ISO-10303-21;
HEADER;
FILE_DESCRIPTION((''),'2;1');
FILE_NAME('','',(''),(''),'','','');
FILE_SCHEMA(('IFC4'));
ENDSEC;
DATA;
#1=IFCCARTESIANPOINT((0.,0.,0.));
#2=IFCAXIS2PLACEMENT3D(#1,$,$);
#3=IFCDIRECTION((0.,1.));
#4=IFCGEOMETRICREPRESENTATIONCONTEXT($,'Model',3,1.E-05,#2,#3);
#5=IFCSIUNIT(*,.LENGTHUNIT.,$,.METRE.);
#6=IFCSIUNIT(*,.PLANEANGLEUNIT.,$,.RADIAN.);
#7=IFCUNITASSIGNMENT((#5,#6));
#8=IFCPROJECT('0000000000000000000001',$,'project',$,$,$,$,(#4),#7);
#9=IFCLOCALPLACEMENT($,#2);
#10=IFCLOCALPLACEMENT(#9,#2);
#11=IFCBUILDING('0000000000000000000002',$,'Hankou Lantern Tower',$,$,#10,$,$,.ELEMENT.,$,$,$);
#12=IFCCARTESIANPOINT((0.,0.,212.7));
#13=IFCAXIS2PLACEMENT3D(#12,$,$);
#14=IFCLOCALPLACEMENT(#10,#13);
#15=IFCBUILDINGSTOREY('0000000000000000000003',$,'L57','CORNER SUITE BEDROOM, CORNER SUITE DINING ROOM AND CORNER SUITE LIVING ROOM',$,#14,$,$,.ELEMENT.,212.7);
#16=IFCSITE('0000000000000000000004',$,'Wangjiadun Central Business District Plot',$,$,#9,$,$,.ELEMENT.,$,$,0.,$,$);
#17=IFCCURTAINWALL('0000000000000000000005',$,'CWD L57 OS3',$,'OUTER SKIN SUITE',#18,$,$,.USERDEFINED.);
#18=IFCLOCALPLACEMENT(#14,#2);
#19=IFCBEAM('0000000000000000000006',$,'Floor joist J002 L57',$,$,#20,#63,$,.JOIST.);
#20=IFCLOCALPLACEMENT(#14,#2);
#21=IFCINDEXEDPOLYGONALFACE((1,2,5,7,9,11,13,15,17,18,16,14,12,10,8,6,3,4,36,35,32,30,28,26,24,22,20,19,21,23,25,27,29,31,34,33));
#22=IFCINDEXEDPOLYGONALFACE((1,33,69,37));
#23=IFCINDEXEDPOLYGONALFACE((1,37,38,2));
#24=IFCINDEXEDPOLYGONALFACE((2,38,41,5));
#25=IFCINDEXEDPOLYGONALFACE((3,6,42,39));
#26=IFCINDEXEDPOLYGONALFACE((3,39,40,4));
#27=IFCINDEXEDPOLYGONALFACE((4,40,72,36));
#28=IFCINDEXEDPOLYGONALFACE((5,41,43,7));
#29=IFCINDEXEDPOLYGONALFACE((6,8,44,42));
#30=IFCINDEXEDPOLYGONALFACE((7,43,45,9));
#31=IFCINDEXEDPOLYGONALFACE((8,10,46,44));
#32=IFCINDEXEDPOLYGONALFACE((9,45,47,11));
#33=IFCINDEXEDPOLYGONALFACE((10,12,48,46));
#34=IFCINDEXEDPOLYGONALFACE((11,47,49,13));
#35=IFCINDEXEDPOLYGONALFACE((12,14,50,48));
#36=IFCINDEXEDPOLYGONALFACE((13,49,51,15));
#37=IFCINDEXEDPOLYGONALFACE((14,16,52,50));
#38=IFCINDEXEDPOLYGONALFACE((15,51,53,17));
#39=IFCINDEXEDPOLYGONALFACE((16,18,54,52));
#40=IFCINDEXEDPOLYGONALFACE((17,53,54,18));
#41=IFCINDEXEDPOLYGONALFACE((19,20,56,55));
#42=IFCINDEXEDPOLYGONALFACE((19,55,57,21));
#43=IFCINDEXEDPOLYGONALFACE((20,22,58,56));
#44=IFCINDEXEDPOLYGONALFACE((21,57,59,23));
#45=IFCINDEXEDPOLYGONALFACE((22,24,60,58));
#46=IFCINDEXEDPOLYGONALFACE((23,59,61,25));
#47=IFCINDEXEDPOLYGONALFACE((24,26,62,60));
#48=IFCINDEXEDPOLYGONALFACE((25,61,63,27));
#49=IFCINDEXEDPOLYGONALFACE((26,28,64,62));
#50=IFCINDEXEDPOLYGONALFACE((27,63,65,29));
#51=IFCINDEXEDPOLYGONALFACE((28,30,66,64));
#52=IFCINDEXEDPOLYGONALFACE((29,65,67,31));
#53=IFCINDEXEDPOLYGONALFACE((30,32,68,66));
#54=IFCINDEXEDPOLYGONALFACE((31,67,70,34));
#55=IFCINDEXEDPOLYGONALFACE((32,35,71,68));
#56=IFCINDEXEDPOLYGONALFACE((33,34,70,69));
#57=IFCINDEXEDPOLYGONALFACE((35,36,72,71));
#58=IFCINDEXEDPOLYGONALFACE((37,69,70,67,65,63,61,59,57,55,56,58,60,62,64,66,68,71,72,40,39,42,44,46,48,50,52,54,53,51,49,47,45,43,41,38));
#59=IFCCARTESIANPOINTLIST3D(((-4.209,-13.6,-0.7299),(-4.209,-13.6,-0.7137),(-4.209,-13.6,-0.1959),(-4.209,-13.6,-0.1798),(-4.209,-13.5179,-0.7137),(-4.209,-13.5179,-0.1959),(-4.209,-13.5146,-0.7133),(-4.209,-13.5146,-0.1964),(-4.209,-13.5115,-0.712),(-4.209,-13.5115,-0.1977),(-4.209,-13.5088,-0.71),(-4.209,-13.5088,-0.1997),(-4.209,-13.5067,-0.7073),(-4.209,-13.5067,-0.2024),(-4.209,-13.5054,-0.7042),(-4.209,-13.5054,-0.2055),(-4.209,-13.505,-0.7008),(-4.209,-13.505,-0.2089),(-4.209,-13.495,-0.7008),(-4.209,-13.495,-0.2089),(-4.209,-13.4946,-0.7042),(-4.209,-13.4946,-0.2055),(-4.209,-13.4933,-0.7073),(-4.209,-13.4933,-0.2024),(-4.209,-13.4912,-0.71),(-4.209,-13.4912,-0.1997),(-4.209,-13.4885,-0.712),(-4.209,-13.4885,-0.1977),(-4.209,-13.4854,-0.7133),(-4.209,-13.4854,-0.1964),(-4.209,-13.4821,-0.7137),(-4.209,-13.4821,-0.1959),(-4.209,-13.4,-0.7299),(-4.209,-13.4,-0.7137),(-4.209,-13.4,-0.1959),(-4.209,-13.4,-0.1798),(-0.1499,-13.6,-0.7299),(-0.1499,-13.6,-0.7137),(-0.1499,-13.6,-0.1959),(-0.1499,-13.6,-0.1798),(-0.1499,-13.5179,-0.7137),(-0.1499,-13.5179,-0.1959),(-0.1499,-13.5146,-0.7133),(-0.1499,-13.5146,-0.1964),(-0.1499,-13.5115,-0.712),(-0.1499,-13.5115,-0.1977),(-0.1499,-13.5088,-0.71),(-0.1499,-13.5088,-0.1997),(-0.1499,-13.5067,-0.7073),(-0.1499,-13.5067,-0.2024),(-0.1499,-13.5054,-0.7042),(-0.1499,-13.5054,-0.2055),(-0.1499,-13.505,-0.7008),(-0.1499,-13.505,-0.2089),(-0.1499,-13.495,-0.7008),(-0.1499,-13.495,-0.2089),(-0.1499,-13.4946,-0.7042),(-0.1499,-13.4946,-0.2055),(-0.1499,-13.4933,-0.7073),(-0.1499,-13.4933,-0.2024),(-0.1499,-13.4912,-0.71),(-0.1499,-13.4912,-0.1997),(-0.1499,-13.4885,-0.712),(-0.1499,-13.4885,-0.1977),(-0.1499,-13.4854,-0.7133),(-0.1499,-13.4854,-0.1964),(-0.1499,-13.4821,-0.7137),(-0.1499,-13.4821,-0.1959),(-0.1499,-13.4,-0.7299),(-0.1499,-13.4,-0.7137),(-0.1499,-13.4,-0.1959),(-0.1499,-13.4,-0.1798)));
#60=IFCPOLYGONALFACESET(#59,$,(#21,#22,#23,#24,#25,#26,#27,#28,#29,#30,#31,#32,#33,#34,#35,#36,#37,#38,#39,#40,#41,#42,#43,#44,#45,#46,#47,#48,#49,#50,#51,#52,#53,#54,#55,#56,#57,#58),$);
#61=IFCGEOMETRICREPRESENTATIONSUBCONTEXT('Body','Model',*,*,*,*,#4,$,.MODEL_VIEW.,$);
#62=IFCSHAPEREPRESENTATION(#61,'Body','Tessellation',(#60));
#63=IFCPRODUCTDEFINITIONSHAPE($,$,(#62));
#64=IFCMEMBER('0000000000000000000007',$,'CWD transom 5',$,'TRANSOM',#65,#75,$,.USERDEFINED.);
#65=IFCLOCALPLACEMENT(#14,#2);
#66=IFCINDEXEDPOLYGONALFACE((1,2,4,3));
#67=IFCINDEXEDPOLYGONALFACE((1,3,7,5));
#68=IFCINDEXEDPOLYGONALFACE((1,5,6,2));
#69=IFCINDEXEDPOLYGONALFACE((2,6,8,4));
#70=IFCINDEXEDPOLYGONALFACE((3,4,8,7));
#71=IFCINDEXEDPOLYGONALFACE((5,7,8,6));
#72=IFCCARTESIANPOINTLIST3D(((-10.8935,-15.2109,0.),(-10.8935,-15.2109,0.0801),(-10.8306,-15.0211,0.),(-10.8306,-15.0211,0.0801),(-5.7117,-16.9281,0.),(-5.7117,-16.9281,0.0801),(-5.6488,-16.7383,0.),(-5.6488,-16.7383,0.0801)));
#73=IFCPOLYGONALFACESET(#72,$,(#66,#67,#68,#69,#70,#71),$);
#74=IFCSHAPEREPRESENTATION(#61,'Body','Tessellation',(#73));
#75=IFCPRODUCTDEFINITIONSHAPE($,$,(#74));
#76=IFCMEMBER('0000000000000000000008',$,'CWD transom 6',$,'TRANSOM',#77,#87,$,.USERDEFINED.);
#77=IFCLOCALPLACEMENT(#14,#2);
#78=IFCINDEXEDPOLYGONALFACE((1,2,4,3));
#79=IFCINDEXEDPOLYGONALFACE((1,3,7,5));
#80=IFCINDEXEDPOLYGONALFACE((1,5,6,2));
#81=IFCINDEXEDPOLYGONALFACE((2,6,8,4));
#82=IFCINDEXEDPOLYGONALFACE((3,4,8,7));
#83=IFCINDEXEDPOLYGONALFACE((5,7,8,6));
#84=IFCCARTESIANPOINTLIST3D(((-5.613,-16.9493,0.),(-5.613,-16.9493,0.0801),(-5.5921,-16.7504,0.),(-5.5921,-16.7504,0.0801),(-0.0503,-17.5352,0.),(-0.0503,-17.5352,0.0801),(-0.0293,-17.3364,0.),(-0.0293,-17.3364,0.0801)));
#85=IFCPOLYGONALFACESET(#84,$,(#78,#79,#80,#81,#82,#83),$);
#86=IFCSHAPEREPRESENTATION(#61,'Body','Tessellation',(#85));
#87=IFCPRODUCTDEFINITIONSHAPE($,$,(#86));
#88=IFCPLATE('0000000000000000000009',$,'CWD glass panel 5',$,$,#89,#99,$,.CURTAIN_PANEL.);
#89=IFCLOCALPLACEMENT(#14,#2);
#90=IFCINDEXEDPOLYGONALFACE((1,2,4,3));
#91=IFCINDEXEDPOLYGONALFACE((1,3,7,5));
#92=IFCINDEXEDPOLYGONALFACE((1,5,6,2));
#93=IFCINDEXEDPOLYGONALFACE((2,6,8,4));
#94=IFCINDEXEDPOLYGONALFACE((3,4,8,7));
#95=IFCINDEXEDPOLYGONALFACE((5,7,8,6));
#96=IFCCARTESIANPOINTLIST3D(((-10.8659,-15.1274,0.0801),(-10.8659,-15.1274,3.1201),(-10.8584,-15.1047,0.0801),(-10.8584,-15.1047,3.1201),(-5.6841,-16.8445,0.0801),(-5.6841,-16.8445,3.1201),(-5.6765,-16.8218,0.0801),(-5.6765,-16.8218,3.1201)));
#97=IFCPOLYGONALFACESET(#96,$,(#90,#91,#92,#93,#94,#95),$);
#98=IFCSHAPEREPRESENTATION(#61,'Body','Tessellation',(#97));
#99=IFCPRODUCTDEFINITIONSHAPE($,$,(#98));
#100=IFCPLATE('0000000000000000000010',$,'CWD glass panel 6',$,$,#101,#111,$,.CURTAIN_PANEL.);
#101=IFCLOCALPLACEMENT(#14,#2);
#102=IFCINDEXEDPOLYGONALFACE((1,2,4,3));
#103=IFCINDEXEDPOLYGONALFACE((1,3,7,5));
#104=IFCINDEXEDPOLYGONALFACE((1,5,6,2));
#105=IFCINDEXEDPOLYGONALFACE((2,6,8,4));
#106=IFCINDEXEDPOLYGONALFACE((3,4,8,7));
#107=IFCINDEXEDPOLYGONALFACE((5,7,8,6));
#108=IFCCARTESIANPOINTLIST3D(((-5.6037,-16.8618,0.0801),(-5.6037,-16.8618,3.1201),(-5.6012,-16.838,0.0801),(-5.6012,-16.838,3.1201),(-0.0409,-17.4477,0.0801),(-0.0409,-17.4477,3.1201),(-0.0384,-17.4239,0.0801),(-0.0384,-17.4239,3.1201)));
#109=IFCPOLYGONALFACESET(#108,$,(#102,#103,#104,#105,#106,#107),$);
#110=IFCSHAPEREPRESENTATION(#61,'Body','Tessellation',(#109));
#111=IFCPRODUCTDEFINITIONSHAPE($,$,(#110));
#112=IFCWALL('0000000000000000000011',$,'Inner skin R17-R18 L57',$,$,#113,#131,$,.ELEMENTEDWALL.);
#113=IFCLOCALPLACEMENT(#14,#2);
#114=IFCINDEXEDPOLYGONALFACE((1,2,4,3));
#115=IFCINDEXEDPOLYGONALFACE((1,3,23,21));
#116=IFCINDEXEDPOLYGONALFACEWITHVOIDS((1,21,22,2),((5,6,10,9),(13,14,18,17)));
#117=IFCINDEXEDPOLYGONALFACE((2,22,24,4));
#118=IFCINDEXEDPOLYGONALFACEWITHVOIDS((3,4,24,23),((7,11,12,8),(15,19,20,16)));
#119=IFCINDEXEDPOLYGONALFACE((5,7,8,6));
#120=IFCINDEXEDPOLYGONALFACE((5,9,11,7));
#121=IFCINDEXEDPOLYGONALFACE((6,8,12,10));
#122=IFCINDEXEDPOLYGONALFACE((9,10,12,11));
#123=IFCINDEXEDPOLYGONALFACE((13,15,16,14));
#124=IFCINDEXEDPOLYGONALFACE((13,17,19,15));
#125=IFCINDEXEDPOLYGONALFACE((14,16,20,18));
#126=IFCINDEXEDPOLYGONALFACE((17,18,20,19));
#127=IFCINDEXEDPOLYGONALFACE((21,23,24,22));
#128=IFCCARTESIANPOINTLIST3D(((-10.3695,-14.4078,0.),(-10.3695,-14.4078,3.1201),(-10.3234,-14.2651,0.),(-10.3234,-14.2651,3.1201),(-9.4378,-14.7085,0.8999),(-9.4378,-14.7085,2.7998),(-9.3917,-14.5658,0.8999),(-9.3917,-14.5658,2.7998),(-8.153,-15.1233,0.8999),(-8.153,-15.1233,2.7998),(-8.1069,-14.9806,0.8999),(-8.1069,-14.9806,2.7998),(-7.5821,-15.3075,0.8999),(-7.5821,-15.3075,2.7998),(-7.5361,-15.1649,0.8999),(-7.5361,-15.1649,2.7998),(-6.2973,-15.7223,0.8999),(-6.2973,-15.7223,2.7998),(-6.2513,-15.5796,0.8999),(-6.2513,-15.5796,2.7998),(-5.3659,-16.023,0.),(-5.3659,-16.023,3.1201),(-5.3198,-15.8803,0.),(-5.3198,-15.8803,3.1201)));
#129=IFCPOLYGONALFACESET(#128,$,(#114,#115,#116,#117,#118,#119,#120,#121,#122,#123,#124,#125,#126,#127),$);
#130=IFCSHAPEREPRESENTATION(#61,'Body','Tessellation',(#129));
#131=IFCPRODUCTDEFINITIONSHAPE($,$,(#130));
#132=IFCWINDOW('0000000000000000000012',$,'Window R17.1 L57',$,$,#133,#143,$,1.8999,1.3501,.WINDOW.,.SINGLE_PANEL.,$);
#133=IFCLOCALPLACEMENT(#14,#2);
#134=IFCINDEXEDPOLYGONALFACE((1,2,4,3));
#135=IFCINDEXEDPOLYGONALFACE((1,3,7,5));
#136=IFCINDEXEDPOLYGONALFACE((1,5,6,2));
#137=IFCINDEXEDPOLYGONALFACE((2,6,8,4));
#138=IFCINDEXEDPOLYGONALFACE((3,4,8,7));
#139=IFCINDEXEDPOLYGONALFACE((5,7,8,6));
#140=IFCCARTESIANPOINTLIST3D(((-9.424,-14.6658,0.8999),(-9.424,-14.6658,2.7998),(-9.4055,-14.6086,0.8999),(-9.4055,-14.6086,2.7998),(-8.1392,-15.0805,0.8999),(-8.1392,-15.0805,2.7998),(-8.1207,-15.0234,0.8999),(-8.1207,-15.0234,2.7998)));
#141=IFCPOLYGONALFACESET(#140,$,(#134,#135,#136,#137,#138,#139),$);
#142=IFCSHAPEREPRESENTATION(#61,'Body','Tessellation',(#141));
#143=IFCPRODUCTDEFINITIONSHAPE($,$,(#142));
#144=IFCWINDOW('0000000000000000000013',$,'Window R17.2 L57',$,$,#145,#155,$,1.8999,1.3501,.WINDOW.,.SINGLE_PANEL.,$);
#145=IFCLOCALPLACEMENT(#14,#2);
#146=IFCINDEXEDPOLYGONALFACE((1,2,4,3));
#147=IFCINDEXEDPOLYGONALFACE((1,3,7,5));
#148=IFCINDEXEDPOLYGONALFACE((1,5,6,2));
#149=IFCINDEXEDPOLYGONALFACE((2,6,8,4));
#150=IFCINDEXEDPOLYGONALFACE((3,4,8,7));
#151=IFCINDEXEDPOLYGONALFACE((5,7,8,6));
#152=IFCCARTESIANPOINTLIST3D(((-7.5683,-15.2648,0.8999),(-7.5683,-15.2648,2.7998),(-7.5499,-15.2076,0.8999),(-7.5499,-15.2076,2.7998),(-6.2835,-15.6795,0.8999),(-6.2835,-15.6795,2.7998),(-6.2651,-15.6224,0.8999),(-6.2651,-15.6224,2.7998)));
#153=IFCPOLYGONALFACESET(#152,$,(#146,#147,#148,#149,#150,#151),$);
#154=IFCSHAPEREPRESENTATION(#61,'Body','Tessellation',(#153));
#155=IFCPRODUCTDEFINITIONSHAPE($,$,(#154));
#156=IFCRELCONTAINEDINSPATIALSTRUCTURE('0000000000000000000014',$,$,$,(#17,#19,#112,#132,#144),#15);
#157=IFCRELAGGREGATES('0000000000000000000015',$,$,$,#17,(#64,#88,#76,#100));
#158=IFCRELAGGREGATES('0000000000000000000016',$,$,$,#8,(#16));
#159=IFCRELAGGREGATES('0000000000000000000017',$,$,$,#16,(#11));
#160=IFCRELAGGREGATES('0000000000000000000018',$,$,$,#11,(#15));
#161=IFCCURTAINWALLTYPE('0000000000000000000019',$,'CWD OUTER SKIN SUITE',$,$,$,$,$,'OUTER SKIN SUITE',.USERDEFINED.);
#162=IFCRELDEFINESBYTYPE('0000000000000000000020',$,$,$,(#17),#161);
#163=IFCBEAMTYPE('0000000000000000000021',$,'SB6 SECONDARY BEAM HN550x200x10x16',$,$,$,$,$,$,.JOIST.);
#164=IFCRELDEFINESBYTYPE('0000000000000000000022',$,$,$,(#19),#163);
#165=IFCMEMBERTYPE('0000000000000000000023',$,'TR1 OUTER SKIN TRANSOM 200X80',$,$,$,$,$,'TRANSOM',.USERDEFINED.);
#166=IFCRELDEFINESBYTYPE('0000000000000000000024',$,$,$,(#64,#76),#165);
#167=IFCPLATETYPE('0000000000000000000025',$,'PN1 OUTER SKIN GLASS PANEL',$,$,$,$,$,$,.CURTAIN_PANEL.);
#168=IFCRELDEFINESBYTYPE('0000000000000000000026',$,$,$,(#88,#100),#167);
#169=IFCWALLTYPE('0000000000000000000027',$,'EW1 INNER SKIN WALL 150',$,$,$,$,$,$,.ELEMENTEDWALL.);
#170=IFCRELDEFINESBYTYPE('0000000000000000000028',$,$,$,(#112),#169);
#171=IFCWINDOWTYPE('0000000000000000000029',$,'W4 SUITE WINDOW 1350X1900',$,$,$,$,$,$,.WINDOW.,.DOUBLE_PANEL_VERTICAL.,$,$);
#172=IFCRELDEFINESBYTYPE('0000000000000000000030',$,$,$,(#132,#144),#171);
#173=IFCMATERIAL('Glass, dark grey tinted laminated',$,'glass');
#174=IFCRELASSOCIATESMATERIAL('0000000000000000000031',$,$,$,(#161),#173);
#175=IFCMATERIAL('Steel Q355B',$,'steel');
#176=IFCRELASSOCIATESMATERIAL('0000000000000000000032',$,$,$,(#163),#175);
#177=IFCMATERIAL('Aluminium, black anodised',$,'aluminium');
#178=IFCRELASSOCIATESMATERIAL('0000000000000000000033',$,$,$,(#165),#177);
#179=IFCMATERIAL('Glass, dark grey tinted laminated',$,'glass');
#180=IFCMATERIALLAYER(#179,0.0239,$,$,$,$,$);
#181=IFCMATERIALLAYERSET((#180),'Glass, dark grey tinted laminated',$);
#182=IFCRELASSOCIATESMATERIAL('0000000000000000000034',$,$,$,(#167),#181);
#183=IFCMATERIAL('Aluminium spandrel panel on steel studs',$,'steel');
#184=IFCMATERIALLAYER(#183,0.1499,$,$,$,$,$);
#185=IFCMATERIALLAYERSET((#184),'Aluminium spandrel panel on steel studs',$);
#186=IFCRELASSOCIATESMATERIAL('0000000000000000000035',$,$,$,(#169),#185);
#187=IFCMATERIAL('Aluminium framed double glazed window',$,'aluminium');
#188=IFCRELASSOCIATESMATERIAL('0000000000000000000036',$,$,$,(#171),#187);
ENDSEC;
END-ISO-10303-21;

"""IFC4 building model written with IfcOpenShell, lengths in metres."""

from ifc_helpers import new_model, si_unit, direction, frame, frame_2d, origin, origin_2d, place, context, subcontext, project, spatial, rectangle, i_section, extrude, material, layer, layer_set, material_profile, profile_set, type_object, element, fill, aggregate, save


model = new_model("IFC4")

# Units and contexts
model_context = context("Model", 3, precision=1e-05, world=origin(), true_north=direction((0.0, 1.0)))
body_context = subcontext(model_context, "Body", "Model", "MODEL_VIEW")
ifc_project = project(units=[si_unit("LENGTHUNIT", "METRE"), si_unit("PLANEANGLEUNIT", "RADIAN")], contexts=[model_context])

# Site, building, storey
site_placement = place(None, origin())
site = spatial("IfcSite", under=ifc_project, at=site_placement, Name="Wangjiadun Central Business District Plot", CompositionType="ELEMENT", RefElevation=0.0)
building_placement = place(site_placement, origin())
building = spatial("IfcBuilding", under=site, at=building_placement, Name="Hankou Lantern Tower", CompositionType="ELEMENT")
storey_placement = place(building_placement, frame((0.0, 0.0, 212.7)))
storey = spatial("IfcBuildingStorey", under=building, at=storey_placement, Name="L57", Description="CORNER SUITE BEDROOM, CORNER SUITE DINING ROOM AND CORNER SUITE LIVING ROOM", CompositionType="ELEMENT", Elevation=212.7)

# Curtain wall
ifc_material_1 = material(Name="Glass, dark grey tinted laminated", Category="glass")
curtain_wall_type = type_object("IfcCurtainWallType", Name="CWD OUTER SKIN SUITE", ElementType="OUTER SKIN SUITE", PredefinedType="USERDEFINED", material=ifc_material_1)
curtain_wall_placement = place(storey_placement, origin())
curtain_wall = element("IfcCurtainWall", 1, at=curtain_wall_placement, inside=storey, type_object=curtain_wall_type, Name="CWD L57 OS3", ObjectType="OUTER SKIN SUITE", PredefinedType="USERDEFINED")

# Beam
ifc_material_2 = material(Name="Steel Q355B", Category="steel")
ifc_material_profile_1 = material_profile(ifc_material_2, i_section(OverallWidth=0.2, OverallDepth=0.55, WebThickness=0.01, FlangeThickness=0.0161, FilletRadius=0.0129, at=origin_2d()), Name="HN550x200x10x16")
ifc_profile_set_1 = profile_set([ifc_material_profile_1], Name="Steel Q355B")
beam_type_1 = type_object("IfcBeamType", Name="SB6 SECONDARY BEAM HN550x200x10x16", PredefinedType="JOIST", material=ifc_profile_set_1)
beam_1_placement = place(storey_placement, frame((-4.209, -13.5, -0.4548), z_axis=(1.0, 0.0, 0.0), x_axis=(0.0, 1.0, 0.0)))
element("IfcBeam", 2, at=beam_1_placement, inside=storey, type_object=beam_type_1, Name="Floor joist J002 L57", PredefinedType="JOIST", context=body_context, shape_type="SweptSolid", body=[
    extrude(i_section(OverallWidth=0.2, OverallDepth=0.55, WebThickness=0.01, FlangeThickness=0.0161, FilletRadius=0.0129, at=origin_2d()), origin(), (0.0, 0.0, 1.0), 4.0591),
])

# Members
ifc_material_3 = material(Name="Aluminium, black anodised", Category="aluminium")
ifc_material_profile_2 = material_profile(ifc_material_3, rectangle(XDim=0.2, YDim=0.0801, at=origin_2d()), Name="TR1 200X80")
ifc_profile_set_2 = profile_set([ifc_material_profile_2], Name="Aluminium, black anodised")
member_type_1 = type_object("IfcMemberType", Name="TR1 OUTER SKIN TRANSOM 200X80", ElementType="TRANSOM", PredefinedType="USERDEFINED", material=ifc_profile_set_2)
member_1_placement = place(storey_placement, frame((-10.8621, -15.116, 0.04), z_axis=(0.949232, -0.314577, 0.0), x_axis=(0.314577, 0.949232, 0.0)))
member_1 = element("IfcMember", 3, at=member_1_placement, type_object=member_type_1, Name="CWD transom 5", ObjectType="TRANSOM", PredefinedType="USERDEFINED", context=body_context, shape_type="SweptSolid", body=[
    extrude(rectangle(XDim=0.2, YDim=0.0801, at=origin_2d()), origin(), (0.0, 0.0, 1.0), 5.459),
])
member_2_placement = place(storey_placement, frame((-5.6025, -16.8499, 0.04), z_axis=(0.994498, -0.104753, 0.0), x_axis=(0.104753, 0.994498, 0.0)))
member_2 = element("IfcMember", 4, at=member_2_placement, type_object=member_type_1, Name="CWD transom 6", ObjectType="TRANSOM", PredefinedType="USERDEFINED", context=body_context, shape_type="SweptSolid", body=[
    extrude(rectangle(XDim=0.2, YDim=0.0801, at=origin_2d()), origin(), (0.0, 0.0, 1.0), 5.5935),
])

# Plates
ifc_material_4 = material(Name="Glass, dark grey tinted laminated", Category="glass")
ifc_layer_1 = layer(ifc_material_4, 0.0239)
ifc_layer_set_1 = layer_set([ifc_layer_1], Name="Glass, dark grey tinted laminated")
plate_type = type_object("IfcPlateType", Name="PN1 OUTER SKIN GLASS PANEL", PredefinedType="CURTAIN_PANEL", material=ifc_layer_set_1)
plate_1_placement = place(storey_placement, frame((-8.2712, -15.9746, 0.0801), z_axis=(0.0, 0.0, 1.0), x_axis=(0.949241, -0.314551, 0.0)))
plate_1 = element("IfcPlate", 5, at=plate_1_placement, type_object=plate_type, Name="CWD glass panel 5", PredefinedType="CURTAIN_PANEL", context=body_context, shape_type="SweptSolid", body=[
    extrude(rectangle(XDim=5.459, YDim=0.0239, at=origin_2d()), origin(), (0.0, 0.0, 1.0), 3.04),
])
plate_2_placement = place(storey_placement, frame((-2.821, -17.1428, 0.0801), z_axis=(0.0, 0.0, 1.0), x_axis=(0.994499, -0.104743, 0.0)))
plate_2 = element("IfcPlate", 6, at=plate_2_placement, type_object=plate_type, Name="CWD glass panel 6", PredefinedType="CURTAIN_PANEL", context=body_context, shape_type="SweptSolid", body=[
    extrude(rectangle(XDim=5.5935, YDim=0.0239, at=origin_2d()), origin(), (0.0, 0.0, 1.0), 3.04),
])
aggregate(curtain_wall, [member_1, plate_1, member_2, plate_2])

# Wall, openings, windows
ifc_material_5 = material(Name="Aluminium spandrel panel on steel studs", Category="steel")
ifc_layer_2 = layer(ifc_material_5, 0.1499)
ifc_layer_set_2 = layer_set([ifc_layer_2], Name="Aluminium spandrel panel on steel studs")
wall_type_1 = type_object("IfcWallType", Name="EW1 INNER SKIN WALL 150", PredefinedType="ELEMENTEDWALL", material=ifc_layer_set_2)
wall_1_placement = place(storey_placement, frame((-10.3464, -14.3364, 0.0), z_axis=(0.0, 0.0, 1.0), x_axis=(0.951645, -0.307201, 0.0)))
wall_1 = element("IfcWall", 7, at=wall_1_placement, inside=storey, type_object=wall_type_1, Name="Inner skin R17-R18 L57", PredefinedType="ELEMENTEDWALL", context=body_context, shape_type="SweptSolid", body=[
    extrude(rectangle(XDim=5.2578, YDim=0.1499, at=frame_2d((2.6289, 0.0))), origin(), (0.0, 0.0, 1.0), 3.1201),
])
opening_1_placement = place(wall_1_placement, frame((0.979, 0.0, 0.8999)))
opening_1 = element("IfcOpeningElement", 8, at=opening_1_placement, cuts=wall_1, PredefinedType="OPENING", context=body_context, shape_type="SweptSolid", body=[
    extrude(rectangle(XDim=1.3501, YDim=1.8999, at=frame_2d((0.675, 0.95))), frame((0.0, 0.085, 0.0), z_axis=(0.0, -1.0, 0.0), x_axis=(1.0, 0.0, 0.0)), (0.0, 0.0, 1.0), 0.1699),
])
opening_2_placement = place(wall_1_placement, frame((2.929, 0.0, 0.8999)))
opening_2 = element("IfcOpeningElement", 9, at=opening_2_placement, cuts=wall_1, PredefinedType="OPENING", context=body_context, shape_type="SweptSolid", body=[
    extrude(rectangle(XDim=1.3501, YDim=1.8999, at=frame_2d((0.675, 0.95))), frame((0.0, 0.085, 0.0), z_axis=(0.0, -1.0, 0.0), x_axis=(1.0, 0.0, 0.0)), (0.0, 0.0, 1.0), 0.1699),
])
ifc_material_6 = material(Name="Aluminium framed double glazed window", Category="aluminium")
window_type = type_object("IfcWindowType", Name="W4 SUITE WINDOW 1350X1900", PartitioningType="DOUBLE_PANEL_VERTICAL", PredefinedType="WINDOW", material=ifc_material_6)
window_1_placement = place(opening_1_placement, origin())
window_1 = element("IfcWindow", 10, at=window_1_placement, inside=storey, type_object=window_type, Name="Window R17.1 L57", OverallHeight=1.8999, OverallWidth=1.3501, PartitioningType="SINGLE_PANEL", PredefinedType="WINDOW", context=body_context, shape_type="SweptSolid", body=[
    extrude(rectangle(XDim=1.3501, YDim=1.8999, at=frame_2d((0.675, 0.95))), frame((0.0, 0.03, 0.0), z_axis=(0.0, -1.0, 0.0), x_axis=(1.0, 0.0, 0.0)), (0.0, 0.0, 1.0), 0.0601),
])
fill(opening_1, window_1)
window_2_placement = place(opening_2_placement, origin())
window_2 = element("IfcWindow", 11, at=window_2_placement, inside=storey, type_object=window_type, Name="Window R17.2 L57", OverallHeight=1.8999, OverallWidth=1.3501, PartitioningType="SINGLE_PANEL", PredefinedType="WINDOW", context=body_context, shape_type="SweptSolid", body=[
    extrude(rectangle(XDim=1.3501, YDim=1.8999, at=frame_2d((0.675, 0.95))), frame((0.0, 0.03, 0.0), z_axis=(0.0, -1.0, 0.0), x_axis=(1.0, 0.0, 0.0)), (0.0, 0.0, 1.0), 0.0601),
])
fill(opening_2, window_2)

save(model, "model.ifc")
